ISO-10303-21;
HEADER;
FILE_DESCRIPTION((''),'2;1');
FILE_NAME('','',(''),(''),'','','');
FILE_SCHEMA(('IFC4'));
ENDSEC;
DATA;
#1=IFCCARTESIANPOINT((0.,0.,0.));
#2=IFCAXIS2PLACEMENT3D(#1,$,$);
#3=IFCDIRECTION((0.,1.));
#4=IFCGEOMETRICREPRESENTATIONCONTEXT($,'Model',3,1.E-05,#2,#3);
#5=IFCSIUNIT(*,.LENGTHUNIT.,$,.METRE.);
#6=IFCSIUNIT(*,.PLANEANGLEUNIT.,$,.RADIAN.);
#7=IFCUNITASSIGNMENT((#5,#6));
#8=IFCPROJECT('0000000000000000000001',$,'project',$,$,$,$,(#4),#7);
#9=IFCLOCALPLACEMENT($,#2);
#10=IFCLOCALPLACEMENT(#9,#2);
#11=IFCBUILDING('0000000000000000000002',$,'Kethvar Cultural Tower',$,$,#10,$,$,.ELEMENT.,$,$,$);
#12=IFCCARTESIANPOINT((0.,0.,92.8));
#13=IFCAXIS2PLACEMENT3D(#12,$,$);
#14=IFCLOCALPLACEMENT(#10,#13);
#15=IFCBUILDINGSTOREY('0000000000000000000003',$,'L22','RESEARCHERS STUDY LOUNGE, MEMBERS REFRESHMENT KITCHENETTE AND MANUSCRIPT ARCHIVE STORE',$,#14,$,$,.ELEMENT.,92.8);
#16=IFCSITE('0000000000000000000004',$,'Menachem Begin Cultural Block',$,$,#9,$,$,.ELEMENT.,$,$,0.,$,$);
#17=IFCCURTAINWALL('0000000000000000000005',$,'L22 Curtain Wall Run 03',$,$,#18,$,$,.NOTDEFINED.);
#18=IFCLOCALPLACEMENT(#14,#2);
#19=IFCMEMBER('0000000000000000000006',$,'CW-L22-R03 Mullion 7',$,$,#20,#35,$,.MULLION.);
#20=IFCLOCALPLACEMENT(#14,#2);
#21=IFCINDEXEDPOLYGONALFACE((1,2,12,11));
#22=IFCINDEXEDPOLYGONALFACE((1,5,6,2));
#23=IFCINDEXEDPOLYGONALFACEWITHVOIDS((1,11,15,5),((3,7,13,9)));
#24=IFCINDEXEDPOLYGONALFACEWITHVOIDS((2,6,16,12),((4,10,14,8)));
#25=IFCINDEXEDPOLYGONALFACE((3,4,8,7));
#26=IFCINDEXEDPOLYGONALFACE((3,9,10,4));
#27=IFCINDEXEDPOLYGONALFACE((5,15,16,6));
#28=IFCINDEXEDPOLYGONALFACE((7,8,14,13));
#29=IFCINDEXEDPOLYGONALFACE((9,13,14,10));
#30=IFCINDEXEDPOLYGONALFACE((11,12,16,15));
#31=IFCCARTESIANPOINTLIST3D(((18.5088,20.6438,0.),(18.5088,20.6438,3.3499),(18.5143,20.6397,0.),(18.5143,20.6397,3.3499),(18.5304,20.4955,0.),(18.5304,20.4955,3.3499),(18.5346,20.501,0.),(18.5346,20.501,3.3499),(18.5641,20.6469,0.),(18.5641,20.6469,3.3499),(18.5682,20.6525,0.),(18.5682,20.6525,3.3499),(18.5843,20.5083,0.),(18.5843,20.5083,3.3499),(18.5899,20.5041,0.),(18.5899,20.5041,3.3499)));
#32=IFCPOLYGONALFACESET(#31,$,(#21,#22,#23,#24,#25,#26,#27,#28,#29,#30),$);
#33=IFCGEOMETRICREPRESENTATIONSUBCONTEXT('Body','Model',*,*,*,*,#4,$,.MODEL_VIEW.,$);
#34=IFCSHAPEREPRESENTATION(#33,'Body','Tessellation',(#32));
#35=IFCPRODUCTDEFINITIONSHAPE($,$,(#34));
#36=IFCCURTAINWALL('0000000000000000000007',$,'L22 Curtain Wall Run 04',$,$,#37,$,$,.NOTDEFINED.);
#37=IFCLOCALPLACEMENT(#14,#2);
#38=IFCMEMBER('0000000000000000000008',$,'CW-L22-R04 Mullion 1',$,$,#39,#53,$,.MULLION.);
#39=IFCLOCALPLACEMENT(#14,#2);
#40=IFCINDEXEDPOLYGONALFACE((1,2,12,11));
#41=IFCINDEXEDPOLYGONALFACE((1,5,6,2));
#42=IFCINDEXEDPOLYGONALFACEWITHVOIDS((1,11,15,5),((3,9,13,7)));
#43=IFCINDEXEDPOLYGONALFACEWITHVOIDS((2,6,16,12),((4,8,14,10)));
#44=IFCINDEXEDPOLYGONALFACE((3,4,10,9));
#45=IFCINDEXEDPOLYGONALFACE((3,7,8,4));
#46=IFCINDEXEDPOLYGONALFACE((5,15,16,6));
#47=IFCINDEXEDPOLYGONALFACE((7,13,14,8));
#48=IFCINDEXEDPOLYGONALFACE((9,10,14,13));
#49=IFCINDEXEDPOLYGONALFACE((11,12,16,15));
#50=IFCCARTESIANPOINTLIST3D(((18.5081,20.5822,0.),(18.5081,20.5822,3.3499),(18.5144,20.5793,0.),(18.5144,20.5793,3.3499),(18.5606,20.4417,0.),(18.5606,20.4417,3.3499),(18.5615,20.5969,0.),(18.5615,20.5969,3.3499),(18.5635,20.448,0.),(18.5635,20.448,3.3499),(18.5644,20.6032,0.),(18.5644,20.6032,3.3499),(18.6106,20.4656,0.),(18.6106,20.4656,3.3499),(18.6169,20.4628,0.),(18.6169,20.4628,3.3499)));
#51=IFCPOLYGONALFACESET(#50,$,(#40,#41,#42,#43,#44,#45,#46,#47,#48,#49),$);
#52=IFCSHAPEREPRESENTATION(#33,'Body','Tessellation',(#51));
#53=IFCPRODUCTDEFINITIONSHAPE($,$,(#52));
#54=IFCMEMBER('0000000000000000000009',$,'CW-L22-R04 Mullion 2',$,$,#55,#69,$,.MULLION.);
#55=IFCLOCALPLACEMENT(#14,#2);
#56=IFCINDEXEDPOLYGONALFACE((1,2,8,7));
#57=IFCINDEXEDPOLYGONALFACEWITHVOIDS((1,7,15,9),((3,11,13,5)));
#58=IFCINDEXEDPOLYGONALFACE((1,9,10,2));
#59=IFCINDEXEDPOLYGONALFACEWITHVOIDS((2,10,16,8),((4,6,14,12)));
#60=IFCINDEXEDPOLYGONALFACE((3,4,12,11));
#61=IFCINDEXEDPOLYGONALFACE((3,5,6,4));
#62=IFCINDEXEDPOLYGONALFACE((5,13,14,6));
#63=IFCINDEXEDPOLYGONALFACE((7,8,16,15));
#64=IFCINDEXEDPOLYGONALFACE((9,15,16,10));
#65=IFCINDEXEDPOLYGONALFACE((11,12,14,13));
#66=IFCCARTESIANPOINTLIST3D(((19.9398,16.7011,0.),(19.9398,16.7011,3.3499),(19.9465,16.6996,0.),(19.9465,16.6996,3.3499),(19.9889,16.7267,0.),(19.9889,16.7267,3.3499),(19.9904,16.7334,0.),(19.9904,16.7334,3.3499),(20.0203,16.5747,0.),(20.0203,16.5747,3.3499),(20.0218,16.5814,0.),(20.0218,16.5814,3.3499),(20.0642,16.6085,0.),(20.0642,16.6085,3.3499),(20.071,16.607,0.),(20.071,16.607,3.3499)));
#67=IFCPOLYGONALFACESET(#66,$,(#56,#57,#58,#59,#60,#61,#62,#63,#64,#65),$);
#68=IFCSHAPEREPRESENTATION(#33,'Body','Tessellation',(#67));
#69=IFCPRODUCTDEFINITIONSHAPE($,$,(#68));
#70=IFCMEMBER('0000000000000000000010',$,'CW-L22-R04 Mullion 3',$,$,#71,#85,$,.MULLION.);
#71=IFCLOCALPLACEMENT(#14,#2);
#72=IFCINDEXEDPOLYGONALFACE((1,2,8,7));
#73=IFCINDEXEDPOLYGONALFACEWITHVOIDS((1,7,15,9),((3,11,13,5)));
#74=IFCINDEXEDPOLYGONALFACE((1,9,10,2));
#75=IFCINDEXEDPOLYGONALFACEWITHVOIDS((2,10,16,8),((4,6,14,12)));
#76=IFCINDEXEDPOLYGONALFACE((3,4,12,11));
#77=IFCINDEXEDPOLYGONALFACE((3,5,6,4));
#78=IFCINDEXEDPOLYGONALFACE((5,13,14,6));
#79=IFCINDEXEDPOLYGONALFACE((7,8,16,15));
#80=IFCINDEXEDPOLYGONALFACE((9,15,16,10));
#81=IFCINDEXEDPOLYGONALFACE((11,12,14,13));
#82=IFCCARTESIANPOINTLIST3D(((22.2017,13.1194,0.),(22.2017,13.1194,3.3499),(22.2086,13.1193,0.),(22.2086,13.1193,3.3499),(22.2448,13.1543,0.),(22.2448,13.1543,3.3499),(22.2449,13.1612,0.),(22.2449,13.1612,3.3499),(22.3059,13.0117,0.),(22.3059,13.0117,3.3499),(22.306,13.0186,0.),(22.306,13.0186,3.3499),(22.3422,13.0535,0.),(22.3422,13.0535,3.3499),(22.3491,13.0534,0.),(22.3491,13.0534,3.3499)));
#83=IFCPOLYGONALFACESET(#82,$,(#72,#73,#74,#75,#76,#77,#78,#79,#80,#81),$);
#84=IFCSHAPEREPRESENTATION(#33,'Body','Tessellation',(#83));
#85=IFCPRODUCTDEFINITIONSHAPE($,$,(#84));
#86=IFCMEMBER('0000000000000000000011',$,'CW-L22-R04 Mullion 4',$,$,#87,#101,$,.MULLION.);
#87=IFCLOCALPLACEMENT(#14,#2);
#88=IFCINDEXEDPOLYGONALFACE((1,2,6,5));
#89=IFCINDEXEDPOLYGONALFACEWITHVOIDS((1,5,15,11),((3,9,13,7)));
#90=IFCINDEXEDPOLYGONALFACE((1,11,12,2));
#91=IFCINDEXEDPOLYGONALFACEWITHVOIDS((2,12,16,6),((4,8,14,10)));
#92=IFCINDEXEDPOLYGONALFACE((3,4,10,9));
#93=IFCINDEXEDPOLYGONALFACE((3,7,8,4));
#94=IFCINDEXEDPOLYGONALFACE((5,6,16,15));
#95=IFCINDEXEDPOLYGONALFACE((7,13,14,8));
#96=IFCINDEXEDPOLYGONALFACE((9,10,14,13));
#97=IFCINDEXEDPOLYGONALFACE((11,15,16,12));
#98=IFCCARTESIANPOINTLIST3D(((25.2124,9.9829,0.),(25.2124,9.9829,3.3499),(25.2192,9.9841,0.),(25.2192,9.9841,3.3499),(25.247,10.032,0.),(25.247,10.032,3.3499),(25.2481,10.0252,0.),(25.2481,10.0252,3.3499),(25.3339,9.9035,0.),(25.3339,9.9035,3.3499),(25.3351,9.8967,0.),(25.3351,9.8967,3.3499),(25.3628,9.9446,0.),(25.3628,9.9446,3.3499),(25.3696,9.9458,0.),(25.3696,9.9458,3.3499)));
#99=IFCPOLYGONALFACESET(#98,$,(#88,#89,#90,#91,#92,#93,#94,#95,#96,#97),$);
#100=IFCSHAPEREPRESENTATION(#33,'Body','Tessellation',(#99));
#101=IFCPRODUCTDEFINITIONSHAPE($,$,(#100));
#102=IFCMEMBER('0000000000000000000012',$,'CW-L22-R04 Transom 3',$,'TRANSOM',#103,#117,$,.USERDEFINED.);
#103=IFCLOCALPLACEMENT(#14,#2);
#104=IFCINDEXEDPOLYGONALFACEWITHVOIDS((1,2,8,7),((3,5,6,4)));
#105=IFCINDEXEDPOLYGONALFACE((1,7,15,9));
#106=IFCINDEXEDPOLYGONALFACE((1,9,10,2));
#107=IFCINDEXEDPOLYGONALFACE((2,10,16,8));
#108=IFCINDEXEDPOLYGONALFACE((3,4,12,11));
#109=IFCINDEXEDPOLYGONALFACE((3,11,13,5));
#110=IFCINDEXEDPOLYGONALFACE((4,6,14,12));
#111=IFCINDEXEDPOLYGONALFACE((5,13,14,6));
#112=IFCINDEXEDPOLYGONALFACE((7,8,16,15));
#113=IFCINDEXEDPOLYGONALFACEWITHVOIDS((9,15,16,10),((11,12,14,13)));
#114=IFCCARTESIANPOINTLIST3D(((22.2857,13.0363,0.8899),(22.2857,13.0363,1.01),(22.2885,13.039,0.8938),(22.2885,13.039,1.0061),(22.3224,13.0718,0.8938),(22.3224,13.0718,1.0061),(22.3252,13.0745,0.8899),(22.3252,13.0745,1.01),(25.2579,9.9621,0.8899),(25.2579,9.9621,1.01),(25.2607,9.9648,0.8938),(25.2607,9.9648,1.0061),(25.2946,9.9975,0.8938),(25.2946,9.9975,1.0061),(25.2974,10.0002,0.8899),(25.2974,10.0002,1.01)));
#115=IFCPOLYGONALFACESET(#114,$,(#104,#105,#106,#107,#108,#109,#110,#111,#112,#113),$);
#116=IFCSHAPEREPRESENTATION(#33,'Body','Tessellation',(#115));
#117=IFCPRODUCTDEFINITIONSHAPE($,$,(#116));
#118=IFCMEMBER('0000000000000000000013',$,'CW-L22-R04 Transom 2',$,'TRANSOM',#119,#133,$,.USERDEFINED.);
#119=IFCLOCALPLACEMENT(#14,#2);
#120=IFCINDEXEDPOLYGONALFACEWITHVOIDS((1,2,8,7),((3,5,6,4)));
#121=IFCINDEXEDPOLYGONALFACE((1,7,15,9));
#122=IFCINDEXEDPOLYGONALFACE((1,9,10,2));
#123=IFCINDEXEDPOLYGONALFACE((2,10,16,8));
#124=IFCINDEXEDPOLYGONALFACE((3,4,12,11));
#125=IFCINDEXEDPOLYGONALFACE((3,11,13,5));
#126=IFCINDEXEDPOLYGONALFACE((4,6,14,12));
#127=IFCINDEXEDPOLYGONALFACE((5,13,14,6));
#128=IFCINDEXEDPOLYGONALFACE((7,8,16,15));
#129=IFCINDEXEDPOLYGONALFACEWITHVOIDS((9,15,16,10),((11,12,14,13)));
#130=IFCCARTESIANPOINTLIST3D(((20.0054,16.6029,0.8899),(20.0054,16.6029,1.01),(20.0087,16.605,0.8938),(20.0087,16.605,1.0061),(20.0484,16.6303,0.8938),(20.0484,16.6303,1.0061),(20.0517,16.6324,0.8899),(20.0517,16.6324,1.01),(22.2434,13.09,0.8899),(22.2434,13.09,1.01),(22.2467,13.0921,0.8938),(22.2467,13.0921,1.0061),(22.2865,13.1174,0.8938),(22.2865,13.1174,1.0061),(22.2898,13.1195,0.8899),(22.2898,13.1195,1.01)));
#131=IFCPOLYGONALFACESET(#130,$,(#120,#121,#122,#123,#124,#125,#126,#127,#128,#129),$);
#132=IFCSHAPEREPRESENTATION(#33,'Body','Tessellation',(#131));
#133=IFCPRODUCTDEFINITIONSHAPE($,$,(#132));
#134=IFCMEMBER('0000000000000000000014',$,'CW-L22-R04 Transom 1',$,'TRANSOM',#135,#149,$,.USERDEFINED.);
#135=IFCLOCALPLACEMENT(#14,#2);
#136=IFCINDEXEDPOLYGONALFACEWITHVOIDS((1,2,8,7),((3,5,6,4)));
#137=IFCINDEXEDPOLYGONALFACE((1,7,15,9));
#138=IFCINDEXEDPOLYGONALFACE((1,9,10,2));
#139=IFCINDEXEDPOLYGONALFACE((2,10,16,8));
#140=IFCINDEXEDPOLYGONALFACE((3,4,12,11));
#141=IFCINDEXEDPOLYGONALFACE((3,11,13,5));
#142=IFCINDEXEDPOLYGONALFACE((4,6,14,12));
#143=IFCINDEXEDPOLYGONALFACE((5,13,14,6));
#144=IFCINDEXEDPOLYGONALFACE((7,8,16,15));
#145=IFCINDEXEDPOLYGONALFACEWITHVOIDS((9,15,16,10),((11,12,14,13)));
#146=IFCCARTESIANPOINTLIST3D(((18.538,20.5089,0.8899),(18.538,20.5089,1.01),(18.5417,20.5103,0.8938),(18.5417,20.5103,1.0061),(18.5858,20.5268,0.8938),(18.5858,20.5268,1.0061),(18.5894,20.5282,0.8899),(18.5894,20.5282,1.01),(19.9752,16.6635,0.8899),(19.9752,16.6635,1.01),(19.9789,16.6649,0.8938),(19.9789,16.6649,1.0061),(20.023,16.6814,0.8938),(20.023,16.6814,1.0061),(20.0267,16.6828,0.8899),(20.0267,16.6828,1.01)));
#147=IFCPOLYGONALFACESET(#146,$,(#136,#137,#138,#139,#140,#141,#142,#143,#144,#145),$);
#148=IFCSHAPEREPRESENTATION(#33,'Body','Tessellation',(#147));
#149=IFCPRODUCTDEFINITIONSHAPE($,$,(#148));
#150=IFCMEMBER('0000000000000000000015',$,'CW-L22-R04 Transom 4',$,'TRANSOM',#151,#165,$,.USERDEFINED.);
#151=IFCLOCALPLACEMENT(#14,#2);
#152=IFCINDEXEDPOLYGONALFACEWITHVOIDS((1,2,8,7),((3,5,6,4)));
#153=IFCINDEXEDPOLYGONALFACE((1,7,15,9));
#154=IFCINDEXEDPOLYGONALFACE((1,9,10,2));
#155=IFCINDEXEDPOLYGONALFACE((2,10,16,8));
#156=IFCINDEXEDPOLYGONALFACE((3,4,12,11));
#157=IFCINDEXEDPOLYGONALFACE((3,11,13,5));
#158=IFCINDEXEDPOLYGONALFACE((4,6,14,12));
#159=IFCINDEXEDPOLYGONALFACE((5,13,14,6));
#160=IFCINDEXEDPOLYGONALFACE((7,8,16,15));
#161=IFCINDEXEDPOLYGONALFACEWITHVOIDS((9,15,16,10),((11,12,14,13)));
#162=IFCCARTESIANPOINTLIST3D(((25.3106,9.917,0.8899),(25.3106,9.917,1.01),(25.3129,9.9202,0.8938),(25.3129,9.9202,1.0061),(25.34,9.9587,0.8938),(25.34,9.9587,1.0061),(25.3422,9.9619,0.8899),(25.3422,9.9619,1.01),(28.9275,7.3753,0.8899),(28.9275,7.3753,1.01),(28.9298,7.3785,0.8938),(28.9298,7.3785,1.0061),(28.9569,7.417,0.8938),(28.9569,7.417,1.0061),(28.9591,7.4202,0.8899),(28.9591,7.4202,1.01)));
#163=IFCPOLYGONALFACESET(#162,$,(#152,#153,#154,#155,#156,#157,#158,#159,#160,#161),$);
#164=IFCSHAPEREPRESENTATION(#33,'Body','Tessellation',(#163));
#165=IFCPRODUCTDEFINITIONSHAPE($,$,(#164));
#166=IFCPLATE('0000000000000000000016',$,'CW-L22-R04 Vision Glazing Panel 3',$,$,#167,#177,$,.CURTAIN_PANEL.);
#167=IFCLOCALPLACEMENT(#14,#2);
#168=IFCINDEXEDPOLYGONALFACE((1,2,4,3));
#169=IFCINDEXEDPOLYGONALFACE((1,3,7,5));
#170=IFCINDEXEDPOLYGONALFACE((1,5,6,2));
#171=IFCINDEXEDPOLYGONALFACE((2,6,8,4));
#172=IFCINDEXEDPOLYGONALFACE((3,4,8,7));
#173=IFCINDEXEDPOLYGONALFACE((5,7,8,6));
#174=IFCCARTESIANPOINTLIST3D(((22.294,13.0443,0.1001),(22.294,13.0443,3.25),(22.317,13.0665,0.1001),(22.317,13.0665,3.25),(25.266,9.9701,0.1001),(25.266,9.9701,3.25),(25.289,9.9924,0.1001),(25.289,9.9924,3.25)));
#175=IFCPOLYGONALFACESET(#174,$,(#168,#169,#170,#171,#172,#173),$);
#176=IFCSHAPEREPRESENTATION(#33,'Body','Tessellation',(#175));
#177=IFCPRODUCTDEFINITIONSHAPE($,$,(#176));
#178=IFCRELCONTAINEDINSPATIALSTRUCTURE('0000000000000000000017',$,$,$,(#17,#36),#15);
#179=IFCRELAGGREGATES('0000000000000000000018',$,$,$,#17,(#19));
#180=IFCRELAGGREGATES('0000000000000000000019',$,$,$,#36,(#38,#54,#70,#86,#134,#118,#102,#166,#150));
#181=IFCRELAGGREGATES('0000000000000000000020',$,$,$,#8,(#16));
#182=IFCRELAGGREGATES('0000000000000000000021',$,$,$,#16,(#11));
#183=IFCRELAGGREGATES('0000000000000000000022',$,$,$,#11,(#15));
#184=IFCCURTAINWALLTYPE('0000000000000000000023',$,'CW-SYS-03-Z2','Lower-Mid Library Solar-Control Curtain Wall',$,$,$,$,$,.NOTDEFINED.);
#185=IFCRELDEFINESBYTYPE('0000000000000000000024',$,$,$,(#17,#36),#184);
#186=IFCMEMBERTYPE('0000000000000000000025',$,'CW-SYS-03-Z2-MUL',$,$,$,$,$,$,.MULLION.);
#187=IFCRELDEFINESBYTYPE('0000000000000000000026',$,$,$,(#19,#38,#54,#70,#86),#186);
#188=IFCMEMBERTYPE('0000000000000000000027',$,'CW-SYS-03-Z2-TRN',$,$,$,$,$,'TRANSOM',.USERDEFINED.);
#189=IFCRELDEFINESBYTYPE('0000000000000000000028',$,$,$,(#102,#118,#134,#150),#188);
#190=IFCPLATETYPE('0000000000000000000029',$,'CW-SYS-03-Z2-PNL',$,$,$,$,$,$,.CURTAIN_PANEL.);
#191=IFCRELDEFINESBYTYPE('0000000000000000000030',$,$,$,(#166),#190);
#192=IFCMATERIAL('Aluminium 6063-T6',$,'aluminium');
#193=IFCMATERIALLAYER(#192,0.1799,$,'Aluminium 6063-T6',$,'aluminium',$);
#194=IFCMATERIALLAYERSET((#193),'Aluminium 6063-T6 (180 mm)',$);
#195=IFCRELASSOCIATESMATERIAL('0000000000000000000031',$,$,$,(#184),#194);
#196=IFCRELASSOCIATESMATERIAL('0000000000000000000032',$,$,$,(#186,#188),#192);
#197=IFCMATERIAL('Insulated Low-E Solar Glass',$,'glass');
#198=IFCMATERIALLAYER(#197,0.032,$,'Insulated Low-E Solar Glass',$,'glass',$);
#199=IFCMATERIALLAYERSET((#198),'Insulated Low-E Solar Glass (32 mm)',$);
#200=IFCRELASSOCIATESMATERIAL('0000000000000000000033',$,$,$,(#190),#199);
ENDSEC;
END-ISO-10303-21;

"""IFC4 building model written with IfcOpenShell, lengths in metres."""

from ifc_helpers import new_model, si_unit, direction, frame, origin, origin_2d, place, context, subcontext, project, spatial, rectangle, hollow_rectangle, extrude, source, transform, mapped, material, layer, layer_set, material_profile, profile_set, type_object, element, aggregate, save


model = new_model("IFC4")

# Units and contexts
model_context = context("Model", 3, precision=1e-05, world=origin(), true_north=direction((0.0, 1.0)))
body_context = subcontext(model_context, "Body", "Model", "MODEL_VIEW")
ifc_project = project(units=[si_unit("LENGTHUNIT", "METRE"), si_unit("PLANEANGLEUNIT", "RADIAN")], contexts=[model_context])

# Site, building, storey
site_placement = place(None, origin())
site = spatial("IfcSite", under=ifc_project, at=site_placement, Name="Menachem Begin Cultural Block", CompositionType="ELEMENT", RefElevation=0.0)
building_placement = place(site_placement, origin())
building = spatial("IfcBuilding", under=site, at=building_placement, Name="Kethvar Cultural Tower", CompositionType="ELEMENT")
storey_placement = place(building_placement, frame((0.0, 0.0, 92.8)))
storey = spatial("IfcBuildingStorey", under=building, at=storey_placement, Name="L22", Description="RESEARCHERS STUDY LOUNGE, MEMBERS REFRESHMENT KITCHENETTE AND MANUSCRIPT ARCHIVE STORE", CompositionType="ELEMENT", Elevation=92.8)

# Curtain wall, member
ifc_material_1 = material(Name="Aluminium 6063-T6", Category="aluminium")
ifc_layer_1 = layer(ifc_material_1, 0.1799, Name="Aluminium 6063-T6", Category="aluminium")
ifc_layer_set_1 = layer_set([ifc_layer_1], Name="Aluminium 6063-T6 (180 mm)")
curtain_wall_type = type_object("IfcCurtainWallType", Name="CW-SYS-03-Z2", Description="Lower-Mid Library Solar-Control Curtain Wall", PredefinedType="NOTDEFINED", material=ifc_layer_set_1)
curtain_wall_1_placement = place(storey_placement, origin())
curtain_wall_1 = element("IfcCurtainWall", 1, at=curtain_wall_1_placement, inside=storey, type_object=curtain_wall_type, Name="L22 Curtain Wall Run 03", PredefinedType="NOTDEFINED")
ifc_material_profile_1 = material_profile(ifc_material_1, hollow_rectangle(XDim=0.0601, YDim=0.1499, WallThickness=0.0049, at=origin_2d()), Name="Aluminium 6063-T6 — RHS150x60x5")
ifc_profile_set_1 = profile_set([ifc_material_profile_1], Name="Aluminium 6063-T6 — RHS150x60x5")
member_type_1 = type_object("IfcMemberType", Name="CW-SYS-03-Z2-MUL", PredefinedType="MULLION", material=ifc_profile_set_1)
shared_shape_1 = source(origin(), body_context, "Body", "SweptSolid", [
    extrude(hollow_rectangle(XDim=0.0601, YDim=0.1499, WallThickness=0.0049, at=origin_2d()), origin(), (0.0, 0.0, 1.0), 3.3499),
])
member_1_placement = place(storey_placement, frame((18.5493, 20.574, 0.0), z_axis=(0.0, 0.0, 1.0), x_axis=(0.989508, 0.144477, 0.0)))
member_1 = element("IfcMember", 2, at=member_1_placement, type_object=member_type_1, Name="CW-L22-R03 Mullion 7", PredefinedType="MULLION", context=body_context, shape_type="MappedRepresentation", body=[
    mapped(shared_shape_1, transform((0.0, 0.0, 0.0), scale=1.0)),
])
aggregate(curtain_wall_1, [member_1])

# Curtain wall, members, plate
curtain_wall_2_placement = place(storey_placement, origin())
curtain_wall_2 = element("IfcCurtainWall", 3, at=curtain_wall_2_placement, inside=storey, type_object=curtain_wall_type, Name="L22 Curtain Wall Run 04", PredefinedType="NOTDEFINED")
member_2_placement = place(storey_placement, frame((18.5625, 20.5225, 0.0), z_axis=(0.0, 0.0, 1.0), x_axis=(0.936721, 0.350077, 0.0)))
member_2 = element("IfcMember", 4, at=member_2_placement, type_object=member_type_1, Name="CW-L22-R04 Mullion 1", PredefinedType="MULLION", context=body_context, shape_type="MappedRepresentation", body=[
    mapped(shared_shape_1, transform((0.0, 0.0, 0.0), scale=1.0)),
])
member_3_placement = place(storey_placement, frame((20.0054, 16.6541, 0.0), z_axis=(0.0, 0.0, 1.0), x_axis=(0.843391, 0.5373, 0.0)))
member_3 = element("IfcMember", 5, at=member_3_placement, type_object=member_type_1, Name="CW-L22-R04 Mullion 2", PredefinedType="MULLION", context=body_context, shape_type="MappedRepresentation", body=[
    mapped(shared_shape_1, transform((0.0, 0.0, 0.0), scale=1.0)),
])
member_4_placement = place(storey_placement, frame((22.2754, 13.0864, 0.0), z_axis=(0.0, 0.0, 1.0), x_axis=(0.718952, 0.69506, 0.0)))
member_4 = element("IfcMember", 6, at=member_4_placement, type_object=member_type_1, Name="CW-L22-R04 Mullion 3", PredefinedType="MULLION", context=body_context, shape_type="MappedRepresentation", body=[
    mapped(shared_shape_1, transform((0.0, 0.0, 0.0), scale=1.0)),
])
member_5_placement = place(storey_placement, frame((25.291, 9.9644, 0.0), z_axis=(0.0, 0.0, 1.0), x_axis=(0.574962, 0.81818, 0.0)))
member_5 = element("IfcMember", 7, at=member_5_placement, type_object=member_type_1, Name="CW-L22-R04 Mullion 4", PredefinedType="MULLION", context=body_context, shape_type="MappedRepresentation", body=[
    mapped(shared_shape_1, transform((0.0, 0.0, 0.0), scale=1.0)),
])
ifc_material_profile_2 = material_profile(ifc_material_1, hollow_rectangle(XDim=0.0549, YDim=0.1201, WallThickness=0.0039, at=origin_2d()), Name="Aluminium 6063-T6 — RHS120x55x4")
ifc_profile_set_2 = profile_set([ifc_material_profile_2], Name="Aluminium 6063-T6 — RHS120x55x4")
member_type_2 = type_object("IfcMemberType", Name="CW-SYS-03-Z2-TRN", ElementType="TRANSOM", PredefinedType="USERDEFINED", material=ifc_profile_set_2)
shared_shape_2 = source(origin(), body_context, "Body", "SweptSolid", [
    extrude(hollow_rectangle(XDim=0.0549, YDim=0.1201, WallThickness=0.0039, at=origin_2d()), origin(), (0.0, 0.0, 1.0), 4.2761),
])
member_6_placement = place(storey_placement, frame((22.3054, 13.0554, 0.95), z_axis=(0.695073, -0.718939, 0.0), x_axis=(0.718939, 0.695073, 0.0)))
member_6 = element("IfcMember", 8, at=member_6_placement, type_object=member_type_2, Name="CW-L22-R04 Transom 3", ObjectType="TRANSOM", PredefinedType="USERDEFINED", context=body_context, shape_type="MappedRepresentation", body=[
    mapped(shared_shape_2, transform((0.0, 0.0, 0.0), scale=1.0)),
])
shared_shape_3 = source(origin(), body_context, "Body", "SweptSolid", [
    extrude(hollow_rectangle(XDim=0.0549, YDim=0.1201, WallThickness=0.0039, at=origin_2d()), origin(), (0.0, 0.0, 1.0), 4.1653),
])
member_7_placement = place(storey_placement, frame((20.0286, 16.6177, 0.95), z_axis=(0.537308, -0.843386, 0.0), x_axis=(0.843386, 0.537308, 0.0)))
member_7 = element("IfcMember", 9, at=member_7_placement, type_object=member_type_2, Name="CW-L22-R04 Transom 2", ObjectType="TRANSOM", PredefinedType="USERDEFINED", context=body_context, shape_type="MappedRepresentation", body=[
    mapped(shared_shape_3, transform((0.0, 0.0, 0.0), scale=1.0)),
])
shared_shape_4 = source(origin(), body_context, "Body", "SweptSolid", [
    extrude(hollow_rectangle(XDim=0.0549, YDim=0.1201, WallThickness=0.0039, at=origin_2d()), origin(), (0.0, 0.0, 1.0), 4.1052),
])
member_8_placement = place(storey_placement, frame((18.5637, 20.5186, 0.95), z_axis=(0.3501, -0.936712, 0.0), x_axis=(0.936712, 0.3501, 0.0)))
member_8 = element("IfcMember", 10, at=member_8_placement, type_object=member_type_2, Name="CW-L22-R04 Transom 1", ObjectType="TRANSOM", PredefinedType="USERDEFINED", context=body_context, shape_type="MappedRepresentation", body=[
    mapped(shared_shape_4, transform((0.0, 0.0, 0.0), scale=1.0)),
])
shared_shape_5 = source(origin(), body_context, "Body", "SweptSolid", [
    extrude(hollow_rectangle(XDim=0.0549, YDim=0.1201, WallThickness=0.0039, at=origin_2d()), origin(), (0.0, 0.0, 1.0), 4.4207),
])
member_9_placement = place(storey_placement, frame((25.3264, 9.9395, 0.95), z_axis=(0.81818, -0.574963, 0.0), x_axis=(0.574963, 0.81818, 0.0)))
member_9 = element("IfcMember", 11, at=member_9_placement, type_object=member_type_2, Name="CW-L22-R04 Transom 4", ObjectType="TRANSOM", PredefinedType="USERDEFINED", context=body_context, shape_type="MappedRepresentation", body=[
    mapped(shared_shape_5, transform((0.0, 0.0, 0.0), scale=1.0)),
])
ifc_material_2 = material(Name="Insulated Low-E Solar Glass", Category="glass")
ifc_layer_2 = layer(ifc_material_2, 0.032, Name="Insulated Low-E Solar Glass", Category="glass")
ifc_layer_set_2 = layer_set([ifc_layer_2], Name="Insulated Low-E Solar Glass (32 mm)")
plate_type = type_object("IfcPlateType", Name="CW-SYS-03-Z2-PNL", PredefinedType="CURTAIN_PANEL", material=ifc_layer_set_2)
shared_shape_6 = source(origin(), body_context, "Body", "SweptSolid", [
    extrude(rectangle(XDim=4.2759, YDim=0.032, at=origin_2d()), origin(), (0.0, 0.0, 1.0), 3.1499),
])
plate_1_placement = place(storey_placement, frame((23.7915, 11.5183, 0.1001), z_axis=(0.0, 0.0, 1.0), x_axis=(0.69506, -0.718952, 0.0)))
plate_1 = element("IfcPlate", 12, at=plate_1_placement, type_object=plate_type, Name="CW-L22-R04 Vision Glazing Panel 3", PredefinedType="CURTAIN_PANEL", context=body_context, shape_type="MappedRepresentation", body=[
    mapped(shared_shape_6, transform((0.0, 0.0, 0.0), scale=1.0)),
])
aggregate(curtain_wall_2, [member_2, member_3, member_4, member_5, member_8, member_7, member_6, plate_1, member_9])

save(model, "model.ifc")
